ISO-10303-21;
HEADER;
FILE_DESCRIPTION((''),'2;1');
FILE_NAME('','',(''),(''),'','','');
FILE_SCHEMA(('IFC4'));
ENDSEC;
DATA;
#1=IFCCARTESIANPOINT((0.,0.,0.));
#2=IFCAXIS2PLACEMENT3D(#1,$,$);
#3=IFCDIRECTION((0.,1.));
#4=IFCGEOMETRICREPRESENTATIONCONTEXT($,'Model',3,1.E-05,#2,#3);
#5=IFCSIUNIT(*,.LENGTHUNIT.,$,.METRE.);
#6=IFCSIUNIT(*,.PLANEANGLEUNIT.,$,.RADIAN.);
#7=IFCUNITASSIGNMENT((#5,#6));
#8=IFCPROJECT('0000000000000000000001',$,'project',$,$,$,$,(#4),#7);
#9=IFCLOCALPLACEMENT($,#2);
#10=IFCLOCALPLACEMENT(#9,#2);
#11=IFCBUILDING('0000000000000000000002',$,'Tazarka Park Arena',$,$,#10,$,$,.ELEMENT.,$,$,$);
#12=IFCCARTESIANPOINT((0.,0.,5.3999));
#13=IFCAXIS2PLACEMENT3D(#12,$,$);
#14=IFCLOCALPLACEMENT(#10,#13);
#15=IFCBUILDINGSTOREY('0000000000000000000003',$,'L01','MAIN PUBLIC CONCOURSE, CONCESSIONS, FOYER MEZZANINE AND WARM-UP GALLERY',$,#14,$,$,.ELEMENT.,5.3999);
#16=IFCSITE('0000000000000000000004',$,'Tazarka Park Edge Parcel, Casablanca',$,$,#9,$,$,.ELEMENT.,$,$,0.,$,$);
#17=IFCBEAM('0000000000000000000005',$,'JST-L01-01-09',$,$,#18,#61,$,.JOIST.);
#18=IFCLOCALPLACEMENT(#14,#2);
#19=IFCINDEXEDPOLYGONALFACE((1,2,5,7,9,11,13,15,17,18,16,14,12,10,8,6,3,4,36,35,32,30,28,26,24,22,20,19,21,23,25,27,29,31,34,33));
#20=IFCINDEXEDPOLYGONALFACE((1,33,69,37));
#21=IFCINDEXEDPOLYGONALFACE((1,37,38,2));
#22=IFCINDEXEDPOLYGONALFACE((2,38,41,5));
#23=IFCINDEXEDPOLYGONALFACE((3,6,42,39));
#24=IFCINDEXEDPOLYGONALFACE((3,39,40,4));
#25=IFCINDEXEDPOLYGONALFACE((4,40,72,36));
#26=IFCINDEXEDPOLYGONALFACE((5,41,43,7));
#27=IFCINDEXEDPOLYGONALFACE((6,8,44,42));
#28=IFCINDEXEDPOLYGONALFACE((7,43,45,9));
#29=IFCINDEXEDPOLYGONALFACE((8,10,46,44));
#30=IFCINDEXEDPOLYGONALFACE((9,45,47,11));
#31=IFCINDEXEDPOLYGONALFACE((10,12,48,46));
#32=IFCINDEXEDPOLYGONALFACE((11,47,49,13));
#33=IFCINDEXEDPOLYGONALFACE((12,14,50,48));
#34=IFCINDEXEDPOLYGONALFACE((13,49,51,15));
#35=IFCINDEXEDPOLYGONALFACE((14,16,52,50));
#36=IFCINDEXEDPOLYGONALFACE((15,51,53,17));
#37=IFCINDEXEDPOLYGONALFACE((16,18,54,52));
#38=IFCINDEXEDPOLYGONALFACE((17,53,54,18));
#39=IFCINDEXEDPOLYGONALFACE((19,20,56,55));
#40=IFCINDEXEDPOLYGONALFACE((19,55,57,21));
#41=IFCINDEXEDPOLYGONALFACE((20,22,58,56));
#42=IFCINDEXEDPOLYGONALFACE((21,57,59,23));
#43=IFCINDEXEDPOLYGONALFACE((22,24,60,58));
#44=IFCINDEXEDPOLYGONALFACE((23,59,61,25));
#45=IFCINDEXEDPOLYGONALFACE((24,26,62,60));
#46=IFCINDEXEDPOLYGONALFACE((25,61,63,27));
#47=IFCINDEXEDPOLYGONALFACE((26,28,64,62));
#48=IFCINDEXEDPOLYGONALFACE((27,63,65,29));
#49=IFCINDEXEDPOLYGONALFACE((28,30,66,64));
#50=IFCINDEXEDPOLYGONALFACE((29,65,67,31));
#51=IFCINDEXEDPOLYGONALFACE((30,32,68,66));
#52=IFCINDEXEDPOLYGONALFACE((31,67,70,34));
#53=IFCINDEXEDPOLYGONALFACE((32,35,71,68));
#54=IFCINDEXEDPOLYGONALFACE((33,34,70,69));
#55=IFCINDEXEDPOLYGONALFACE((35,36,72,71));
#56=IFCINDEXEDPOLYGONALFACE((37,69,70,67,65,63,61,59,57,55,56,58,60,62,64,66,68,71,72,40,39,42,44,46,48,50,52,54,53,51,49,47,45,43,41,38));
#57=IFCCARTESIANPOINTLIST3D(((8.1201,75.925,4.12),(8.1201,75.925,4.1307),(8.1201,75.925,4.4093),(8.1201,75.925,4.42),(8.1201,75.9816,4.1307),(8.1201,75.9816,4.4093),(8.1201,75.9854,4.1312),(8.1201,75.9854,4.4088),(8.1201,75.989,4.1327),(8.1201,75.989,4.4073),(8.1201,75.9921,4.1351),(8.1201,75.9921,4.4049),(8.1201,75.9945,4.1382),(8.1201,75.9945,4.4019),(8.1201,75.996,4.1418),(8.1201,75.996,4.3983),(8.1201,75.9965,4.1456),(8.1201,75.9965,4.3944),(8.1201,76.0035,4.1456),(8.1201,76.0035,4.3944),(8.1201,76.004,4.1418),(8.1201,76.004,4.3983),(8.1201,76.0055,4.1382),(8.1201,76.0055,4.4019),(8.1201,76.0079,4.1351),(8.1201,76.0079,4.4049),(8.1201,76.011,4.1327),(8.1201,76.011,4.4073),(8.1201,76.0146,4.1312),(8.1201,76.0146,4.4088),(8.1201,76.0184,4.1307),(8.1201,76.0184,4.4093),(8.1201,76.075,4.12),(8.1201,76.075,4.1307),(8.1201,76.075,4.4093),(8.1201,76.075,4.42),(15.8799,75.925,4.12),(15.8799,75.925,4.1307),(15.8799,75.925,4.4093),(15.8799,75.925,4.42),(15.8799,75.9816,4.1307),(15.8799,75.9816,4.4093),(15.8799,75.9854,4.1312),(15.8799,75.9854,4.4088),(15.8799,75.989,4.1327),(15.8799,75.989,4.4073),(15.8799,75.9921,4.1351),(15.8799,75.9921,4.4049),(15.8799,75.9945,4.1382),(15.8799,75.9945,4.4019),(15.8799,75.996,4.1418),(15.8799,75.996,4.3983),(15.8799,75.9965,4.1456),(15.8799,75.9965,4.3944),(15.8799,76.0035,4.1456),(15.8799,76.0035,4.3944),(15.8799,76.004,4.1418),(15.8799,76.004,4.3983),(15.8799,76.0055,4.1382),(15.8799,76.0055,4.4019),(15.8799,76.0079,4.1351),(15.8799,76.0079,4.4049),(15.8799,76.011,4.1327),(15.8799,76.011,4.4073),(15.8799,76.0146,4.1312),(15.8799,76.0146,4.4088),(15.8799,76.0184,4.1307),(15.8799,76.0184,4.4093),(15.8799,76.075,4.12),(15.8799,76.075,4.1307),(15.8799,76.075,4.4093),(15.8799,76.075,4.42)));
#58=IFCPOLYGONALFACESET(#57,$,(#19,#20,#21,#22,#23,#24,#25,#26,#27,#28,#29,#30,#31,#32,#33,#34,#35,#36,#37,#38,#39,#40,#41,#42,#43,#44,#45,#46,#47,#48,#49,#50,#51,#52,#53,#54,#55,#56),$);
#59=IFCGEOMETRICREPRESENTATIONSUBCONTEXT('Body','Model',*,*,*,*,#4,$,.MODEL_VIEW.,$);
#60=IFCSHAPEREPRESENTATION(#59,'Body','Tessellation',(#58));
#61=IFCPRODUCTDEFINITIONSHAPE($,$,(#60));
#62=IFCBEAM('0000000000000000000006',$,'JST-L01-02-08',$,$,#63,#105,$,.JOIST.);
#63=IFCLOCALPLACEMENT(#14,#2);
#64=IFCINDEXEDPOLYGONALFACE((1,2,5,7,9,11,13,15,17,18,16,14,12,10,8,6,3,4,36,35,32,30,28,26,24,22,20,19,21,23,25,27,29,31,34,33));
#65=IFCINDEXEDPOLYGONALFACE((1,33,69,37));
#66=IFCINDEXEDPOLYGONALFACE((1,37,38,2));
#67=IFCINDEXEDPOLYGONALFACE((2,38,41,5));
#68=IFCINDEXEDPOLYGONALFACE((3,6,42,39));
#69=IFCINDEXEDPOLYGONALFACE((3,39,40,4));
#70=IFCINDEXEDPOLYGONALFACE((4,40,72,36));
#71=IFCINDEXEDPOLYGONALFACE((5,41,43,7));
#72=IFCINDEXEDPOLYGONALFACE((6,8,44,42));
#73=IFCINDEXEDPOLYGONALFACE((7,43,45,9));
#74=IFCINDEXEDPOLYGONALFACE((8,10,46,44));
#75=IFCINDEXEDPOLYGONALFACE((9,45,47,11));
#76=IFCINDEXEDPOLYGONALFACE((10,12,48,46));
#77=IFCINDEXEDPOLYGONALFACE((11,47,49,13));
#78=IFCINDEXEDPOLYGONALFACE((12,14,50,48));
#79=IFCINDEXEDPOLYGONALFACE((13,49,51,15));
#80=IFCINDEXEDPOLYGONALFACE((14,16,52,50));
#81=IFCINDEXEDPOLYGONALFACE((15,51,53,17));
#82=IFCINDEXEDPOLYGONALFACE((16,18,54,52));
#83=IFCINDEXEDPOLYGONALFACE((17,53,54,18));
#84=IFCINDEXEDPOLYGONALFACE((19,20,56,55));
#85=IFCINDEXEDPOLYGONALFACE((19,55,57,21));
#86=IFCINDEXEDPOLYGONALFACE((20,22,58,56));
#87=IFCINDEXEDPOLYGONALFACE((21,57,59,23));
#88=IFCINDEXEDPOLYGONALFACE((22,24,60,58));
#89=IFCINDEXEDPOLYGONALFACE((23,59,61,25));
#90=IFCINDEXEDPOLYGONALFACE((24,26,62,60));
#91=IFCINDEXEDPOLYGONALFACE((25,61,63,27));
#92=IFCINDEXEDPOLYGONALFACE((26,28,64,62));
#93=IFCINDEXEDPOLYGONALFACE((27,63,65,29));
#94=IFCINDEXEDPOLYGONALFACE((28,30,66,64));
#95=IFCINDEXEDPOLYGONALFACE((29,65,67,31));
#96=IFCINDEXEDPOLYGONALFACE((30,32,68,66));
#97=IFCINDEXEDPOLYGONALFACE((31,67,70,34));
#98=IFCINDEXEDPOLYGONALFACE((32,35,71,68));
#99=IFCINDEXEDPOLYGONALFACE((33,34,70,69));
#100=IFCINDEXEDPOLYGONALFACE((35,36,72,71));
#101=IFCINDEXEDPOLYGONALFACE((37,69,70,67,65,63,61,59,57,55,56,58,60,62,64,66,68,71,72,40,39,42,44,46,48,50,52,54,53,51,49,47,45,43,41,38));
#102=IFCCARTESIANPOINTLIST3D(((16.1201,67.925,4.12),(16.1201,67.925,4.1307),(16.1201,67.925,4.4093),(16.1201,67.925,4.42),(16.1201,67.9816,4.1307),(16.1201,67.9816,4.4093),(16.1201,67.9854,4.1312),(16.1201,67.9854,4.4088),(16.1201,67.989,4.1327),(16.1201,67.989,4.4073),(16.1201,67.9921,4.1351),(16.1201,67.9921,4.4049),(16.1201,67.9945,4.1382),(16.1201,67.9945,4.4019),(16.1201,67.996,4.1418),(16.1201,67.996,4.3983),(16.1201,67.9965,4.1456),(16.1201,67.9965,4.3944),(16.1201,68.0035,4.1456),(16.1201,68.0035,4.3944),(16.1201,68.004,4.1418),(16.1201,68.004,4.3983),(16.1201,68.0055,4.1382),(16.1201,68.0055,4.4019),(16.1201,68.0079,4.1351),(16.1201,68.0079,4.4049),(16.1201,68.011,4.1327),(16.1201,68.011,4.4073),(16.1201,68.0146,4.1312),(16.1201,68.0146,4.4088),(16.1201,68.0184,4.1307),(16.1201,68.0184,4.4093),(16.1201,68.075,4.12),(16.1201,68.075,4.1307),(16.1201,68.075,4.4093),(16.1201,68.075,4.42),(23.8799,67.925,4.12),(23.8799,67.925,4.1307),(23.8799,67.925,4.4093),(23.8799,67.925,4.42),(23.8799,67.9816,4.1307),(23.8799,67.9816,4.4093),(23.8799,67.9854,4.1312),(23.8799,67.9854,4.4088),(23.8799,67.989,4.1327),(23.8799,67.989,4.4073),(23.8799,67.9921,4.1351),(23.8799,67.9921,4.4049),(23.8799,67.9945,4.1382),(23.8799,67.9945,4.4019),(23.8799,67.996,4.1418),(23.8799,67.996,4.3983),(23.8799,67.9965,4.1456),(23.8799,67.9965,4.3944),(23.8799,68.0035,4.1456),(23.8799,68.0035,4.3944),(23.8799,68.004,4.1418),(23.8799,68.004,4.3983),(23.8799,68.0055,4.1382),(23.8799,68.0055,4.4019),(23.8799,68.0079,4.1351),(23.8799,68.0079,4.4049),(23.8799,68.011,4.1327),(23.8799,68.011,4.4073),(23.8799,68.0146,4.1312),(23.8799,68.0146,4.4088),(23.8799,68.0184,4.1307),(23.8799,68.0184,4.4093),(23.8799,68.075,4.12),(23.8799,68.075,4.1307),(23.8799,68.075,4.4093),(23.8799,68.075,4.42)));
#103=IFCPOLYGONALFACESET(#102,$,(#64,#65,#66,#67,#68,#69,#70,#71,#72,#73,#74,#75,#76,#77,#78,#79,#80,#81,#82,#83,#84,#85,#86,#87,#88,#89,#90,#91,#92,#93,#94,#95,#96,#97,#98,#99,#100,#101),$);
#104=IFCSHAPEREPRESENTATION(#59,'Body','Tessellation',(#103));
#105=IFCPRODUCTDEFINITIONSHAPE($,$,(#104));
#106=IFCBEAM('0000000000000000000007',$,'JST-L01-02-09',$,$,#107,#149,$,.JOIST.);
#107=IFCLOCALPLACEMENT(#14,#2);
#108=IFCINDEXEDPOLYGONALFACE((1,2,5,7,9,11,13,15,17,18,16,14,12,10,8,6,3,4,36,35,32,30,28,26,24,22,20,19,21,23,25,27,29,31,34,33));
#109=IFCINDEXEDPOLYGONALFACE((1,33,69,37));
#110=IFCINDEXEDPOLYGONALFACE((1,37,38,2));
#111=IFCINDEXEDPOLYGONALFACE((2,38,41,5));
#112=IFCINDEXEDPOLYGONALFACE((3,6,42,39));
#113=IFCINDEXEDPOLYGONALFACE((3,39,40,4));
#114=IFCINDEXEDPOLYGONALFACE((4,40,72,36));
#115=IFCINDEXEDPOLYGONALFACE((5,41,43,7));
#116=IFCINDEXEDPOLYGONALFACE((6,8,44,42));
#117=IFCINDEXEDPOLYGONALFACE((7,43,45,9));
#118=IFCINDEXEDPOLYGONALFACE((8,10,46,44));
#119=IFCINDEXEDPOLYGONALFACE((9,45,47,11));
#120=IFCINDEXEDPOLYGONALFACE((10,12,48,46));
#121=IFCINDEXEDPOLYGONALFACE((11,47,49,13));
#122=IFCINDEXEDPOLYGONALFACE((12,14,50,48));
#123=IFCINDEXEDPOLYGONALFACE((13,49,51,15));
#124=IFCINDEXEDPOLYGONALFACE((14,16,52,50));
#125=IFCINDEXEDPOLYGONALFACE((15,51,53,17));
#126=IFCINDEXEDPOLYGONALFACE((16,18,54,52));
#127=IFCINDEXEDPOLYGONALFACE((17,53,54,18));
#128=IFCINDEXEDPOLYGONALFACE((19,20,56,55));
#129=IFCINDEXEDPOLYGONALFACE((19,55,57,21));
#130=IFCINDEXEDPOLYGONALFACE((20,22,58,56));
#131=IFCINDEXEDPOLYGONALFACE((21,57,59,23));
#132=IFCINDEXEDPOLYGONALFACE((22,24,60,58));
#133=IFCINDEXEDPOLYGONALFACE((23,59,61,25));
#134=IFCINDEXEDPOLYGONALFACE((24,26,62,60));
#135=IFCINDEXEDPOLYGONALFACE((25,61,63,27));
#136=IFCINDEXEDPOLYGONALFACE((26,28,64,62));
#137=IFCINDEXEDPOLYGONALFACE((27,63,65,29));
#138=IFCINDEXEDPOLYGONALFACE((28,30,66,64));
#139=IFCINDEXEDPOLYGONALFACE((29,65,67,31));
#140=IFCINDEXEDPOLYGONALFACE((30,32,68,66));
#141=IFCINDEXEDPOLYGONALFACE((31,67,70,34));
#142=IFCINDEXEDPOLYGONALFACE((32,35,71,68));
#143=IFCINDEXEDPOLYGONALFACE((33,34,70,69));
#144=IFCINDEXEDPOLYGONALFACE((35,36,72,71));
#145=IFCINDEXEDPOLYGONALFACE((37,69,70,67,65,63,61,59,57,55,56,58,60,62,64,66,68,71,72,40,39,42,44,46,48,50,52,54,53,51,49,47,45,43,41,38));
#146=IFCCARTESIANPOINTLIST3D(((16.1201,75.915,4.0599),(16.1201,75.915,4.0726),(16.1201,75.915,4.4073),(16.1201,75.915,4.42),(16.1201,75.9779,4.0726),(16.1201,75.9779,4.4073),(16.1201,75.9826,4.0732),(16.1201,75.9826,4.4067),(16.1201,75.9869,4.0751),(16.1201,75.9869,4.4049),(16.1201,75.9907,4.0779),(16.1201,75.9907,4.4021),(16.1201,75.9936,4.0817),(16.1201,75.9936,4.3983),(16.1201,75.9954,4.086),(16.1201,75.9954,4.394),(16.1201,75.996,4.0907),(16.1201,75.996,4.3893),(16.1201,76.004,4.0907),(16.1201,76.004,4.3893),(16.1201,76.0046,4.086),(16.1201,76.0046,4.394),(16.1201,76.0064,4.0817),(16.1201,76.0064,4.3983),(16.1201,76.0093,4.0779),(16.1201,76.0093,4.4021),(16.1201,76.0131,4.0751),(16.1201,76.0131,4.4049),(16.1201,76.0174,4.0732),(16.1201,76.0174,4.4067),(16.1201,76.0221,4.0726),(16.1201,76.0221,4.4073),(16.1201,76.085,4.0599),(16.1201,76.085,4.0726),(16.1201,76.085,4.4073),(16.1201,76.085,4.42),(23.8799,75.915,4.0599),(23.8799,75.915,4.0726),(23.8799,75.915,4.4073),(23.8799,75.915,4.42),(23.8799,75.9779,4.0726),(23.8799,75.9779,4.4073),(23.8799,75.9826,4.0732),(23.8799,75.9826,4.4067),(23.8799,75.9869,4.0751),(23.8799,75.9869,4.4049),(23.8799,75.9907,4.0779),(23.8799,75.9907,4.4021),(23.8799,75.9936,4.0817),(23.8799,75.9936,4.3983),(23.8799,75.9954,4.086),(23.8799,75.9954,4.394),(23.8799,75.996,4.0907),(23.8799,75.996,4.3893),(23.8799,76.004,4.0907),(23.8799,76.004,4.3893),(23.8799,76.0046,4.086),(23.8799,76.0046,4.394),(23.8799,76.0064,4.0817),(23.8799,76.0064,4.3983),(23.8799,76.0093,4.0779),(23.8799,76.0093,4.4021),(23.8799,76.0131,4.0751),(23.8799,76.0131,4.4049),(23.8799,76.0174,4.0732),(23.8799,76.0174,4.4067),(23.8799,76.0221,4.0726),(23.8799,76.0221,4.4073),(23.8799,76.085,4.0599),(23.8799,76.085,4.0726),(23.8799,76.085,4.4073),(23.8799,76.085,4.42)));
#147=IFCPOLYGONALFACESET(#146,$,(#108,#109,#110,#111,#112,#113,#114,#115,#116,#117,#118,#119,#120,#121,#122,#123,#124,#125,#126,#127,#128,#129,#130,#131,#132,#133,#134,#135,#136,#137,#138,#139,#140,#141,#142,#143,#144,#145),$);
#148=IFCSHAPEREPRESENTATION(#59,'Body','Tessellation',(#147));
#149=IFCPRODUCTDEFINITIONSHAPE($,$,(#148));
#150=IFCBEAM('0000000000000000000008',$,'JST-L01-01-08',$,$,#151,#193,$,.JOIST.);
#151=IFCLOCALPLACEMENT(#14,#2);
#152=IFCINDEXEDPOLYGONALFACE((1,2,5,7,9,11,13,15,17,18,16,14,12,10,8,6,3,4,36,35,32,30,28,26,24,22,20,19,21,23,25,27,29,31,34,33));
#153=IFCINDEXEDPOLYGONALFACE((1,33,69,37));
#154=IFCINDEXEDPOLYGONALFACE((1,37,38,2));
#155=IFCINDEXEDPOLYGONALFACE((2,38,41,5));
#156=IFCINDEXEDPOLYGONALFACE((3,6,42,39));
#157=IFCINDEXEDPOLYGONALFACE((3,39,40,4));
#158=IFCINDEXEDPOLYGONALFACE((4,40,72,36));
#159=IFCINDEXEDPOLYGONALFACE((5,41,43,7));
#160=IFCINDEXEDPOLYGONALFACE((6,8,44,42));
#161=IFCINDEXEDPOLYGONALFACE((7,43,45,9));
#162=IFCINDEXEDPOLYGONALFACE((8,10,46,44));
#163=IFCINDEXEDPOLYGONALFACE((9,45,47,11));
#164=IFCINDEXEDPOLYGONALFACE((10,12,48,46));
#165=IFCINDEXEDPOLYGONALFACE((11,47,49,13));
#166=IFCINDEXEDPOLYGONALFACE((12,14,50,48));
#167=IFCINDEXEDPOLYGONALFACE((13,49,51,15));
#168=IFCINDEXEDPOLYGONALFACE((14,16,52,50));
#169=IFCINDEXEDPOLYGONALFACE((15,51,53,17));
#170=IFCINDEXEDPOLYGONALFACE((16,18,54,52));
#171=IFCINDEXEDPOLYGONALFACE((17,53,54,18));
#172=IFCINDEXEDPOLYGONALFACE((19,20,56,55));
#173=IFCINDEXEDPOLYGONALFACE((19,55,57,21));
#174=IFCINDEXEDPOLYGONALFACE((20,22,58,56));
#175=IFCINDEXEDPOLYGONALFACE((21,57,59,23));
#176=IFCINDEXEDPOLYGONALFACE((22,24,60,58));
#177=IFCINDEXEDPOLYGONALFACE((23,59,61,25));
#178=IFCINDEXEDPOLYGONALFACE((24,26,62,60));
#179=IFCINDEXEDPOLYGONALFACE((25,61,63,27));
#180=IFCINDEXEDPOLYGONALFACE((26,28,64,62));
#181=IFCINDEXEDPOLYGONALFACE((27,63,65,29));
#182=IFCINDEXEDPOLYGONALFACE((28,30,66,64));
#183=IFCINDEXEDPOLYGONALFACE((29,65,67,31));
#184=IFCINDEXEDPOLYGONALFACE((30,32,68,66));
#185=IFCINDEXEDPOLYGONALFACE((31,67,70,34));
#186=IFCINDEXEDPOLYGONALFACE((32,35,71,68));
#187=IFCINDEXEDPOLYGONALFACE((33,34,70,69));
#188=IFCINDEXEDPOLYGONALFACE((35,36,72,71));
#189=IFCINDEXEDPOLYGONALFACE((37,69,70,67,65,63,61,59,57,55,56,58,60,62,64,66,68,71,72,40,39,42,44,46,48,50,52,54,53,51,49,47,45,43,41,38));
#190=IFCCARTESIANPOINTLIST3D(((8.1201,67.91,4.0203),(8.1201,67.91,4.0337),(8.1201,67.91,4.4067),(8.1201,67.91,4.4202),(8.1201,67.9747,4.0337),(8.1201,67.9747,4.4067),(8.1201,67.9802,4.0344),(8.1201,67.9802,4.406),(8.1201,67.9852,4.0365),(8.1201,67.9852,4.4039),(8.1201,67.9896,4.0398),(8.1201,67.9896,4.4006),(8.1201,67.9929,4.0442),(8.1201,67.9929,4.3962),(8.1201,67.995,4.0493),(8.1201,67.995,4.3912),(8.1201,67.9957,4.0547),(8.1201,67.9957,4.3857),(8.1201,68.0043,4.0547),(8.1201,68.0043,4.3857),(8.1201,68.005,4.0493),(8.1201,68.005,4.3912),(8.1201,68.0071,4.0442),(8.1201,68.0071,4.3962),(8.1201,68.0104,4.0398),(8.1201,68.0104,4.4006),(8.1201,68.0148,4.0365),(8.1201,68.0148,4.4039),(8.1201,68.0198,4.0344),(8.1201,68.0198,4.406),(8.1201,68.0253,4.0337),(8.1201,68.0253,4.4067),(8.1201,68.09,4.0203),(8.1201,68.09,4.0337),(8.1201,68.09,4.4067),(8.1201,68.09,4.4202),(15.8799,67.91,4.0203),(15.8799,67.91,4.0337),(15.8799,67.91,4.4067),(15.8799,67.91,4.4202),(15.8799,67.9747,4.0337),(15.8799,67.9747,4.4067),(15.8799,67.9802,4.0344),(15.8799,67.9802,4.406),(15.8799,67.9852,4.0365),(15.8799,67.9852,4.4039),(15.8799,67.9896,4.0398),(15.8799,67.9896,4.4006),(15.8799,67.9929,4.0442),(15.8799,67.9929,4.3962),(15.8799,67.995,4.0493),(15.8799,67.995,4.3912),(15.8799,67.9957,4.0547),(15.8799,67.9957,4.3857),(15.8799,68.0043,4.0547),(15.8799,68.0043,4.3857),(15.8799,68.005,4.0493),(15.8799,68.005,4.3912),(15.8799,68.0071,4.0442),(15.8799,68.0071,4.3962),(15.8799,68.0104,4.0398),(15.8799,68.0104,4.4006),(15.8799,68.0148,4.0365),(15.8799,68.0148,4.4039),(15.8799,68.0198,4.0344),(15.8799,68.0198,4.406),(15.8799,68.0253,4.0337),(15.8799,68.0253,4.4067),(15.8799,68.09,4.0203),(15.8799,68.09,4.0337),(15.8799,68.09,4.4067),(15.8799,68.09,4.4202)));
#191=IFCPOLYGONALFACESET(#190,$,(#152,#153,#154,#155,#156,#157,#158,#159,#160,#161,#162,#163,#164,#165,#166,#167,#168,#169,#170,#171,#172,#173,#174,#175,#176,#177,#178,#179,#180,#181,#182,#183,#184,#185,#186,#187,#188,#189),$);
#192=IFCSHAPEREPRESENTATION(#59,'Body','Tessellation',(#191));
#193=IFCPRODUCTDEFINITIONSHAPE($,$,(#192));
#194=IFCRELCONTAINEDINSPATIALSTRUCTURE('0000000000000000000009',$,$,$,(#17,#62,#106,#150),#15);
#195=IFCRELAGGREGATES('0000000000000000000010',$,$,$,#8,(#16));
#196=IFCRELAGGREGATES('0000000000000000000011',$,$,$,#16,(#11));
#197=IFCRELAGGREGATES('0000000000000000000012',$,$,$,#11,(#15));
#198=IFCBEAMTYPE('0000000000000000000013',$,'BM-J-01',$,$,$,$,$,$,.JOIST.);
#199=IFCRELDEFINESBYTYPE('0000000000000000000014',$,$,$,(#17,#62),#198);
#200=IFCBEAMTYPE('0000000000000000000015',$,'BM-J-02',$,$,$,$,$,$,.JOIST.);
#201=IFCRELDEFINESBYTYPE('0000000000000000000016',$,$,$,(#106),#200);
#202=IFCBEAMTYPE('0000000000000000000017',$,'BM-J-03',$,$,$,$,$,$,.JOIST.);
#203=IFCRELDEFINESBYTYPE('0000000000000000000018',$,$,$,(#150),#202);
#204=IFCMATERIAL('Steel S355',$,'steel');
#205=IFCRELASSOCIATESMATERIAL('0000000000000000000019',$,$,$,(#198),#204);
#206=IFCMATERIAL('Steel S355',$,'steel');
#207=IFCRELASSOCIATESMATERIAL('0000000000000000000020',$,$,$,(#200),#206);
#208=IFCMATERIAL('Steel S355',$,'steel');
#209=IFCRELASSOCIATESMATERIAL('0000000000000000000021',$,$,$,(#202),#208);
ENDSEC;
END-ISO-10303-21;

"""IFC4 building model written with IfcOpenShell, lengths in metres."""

from ifc_helpers import new_model, si_unit, direction, frame, origin, origin_2d, place, context, subcontext, project, spatial, i_section, extrude, material, material_profile, profile_set, type_object, element, save


model = new_model("IFC4")

# Units and contexts
model_context = context("Model", 3, precision=1e-05, world=origin(), true_north=direction((0.0, 1.0)))
body_context = subcontext(model_context, "Body", "Model", "MODEL_VIEW")
ifc_project = project(units=[si_unit("LENGTHUNIT", "METRE"), si_unit("PLANEANGLEUNIT", "RADIAN")], contexts=[model_context])

# Site, building, storey
site_placement = place(None, origin())
site = spatial("IfcSite", under=ifc_project, at=site_placement, Name="Tazarka Park Edge Parcel, Casablanca", CompositionType="ELEMENT", RefElevation=0.0)
building_placement = place(site_placement, origin())
building = spatial("IfcBuilding", under=site, at=building_placement, Name="Tazarka Park Arena", CompositionType="ELEMENT")
storey_placement = place(building_placement, frame((0.0, 0.0, 5.3999)))
storey = spatial("IfcBuildingStorey", under=building, at=storey_placement, Name="L01", Description="MAIN PUBLIC CONCOURSE, CONCESSIONS, FOYER MEZZANINE AND WARM-UP GALLERY", CompositionType="ELEMENT", Elevation=5.3999)

# Beams
ifc_material_1 = material(Name="Steel S355", Category="steel")
ifc_material_profile_1 = material_profile(ifc_material_1, i_section(OverallWidth=0.1499, OverallDepth=0.3, WebThickness=0.0071, FlangeThickness=0.0107, FilletRadius=0.0149, at=origin_2d()), Name="Steel S355")
ifc_profile_set_1 = profile_set([ifc_material_profile_1], Name="Steel S355")
beam_type_1 = type_object("IfcBeamType", Name="BM-J-01", PredefinedType="JOIST", material=ifc_profile_set_1)
for number, where, z_axis, x_axis, name in (
    (1, (8.1201, 76.0, 4.27), (1.0, 0.0, 0.0), (0.0, 1.0, 0.0), "JST-L01-01-09"),
    (2, (16.1201, 68.0, 4.27), (1.0, 0.0, 0.0), (0.0, 1.0, 0.0), "JST-L01-02-08"),
):
    element("IfcBeam", number, at=place(storey_placement, frame(where, z_axis=z_axis, x_axis=x_axis)), inside=storey, type_object=beam_type_1, Name=name, PredefinedType="JOIST", context=body_context, shape_type="SweptSolid", body=[
        extrude(i_section(OverallWidth=0.1499, OverallDepth=0.3, WebThickness=0.0071, FlangeThickness=0.0107, FilletRadius=0.0149, at=origin_2d()), origin(), (0.0, 0.0, 1.0), 7.7598),
    ])
ifc_material_2 = material(Name="Steel S355", Category="steel")
ifc_material_profile_2 = material_profile(ifc_material_2, i_section(OverallWidth=0.1699, OverallDepth=0.3601, WebThickness=0.0081, FlangeThickness=0.0127, FilletRadius=0.0181, at=origin_2d()), Name="Steel S355")
ifc_profile_set_2 = profile_set([ifc_material_profile_2], Name="Steel S355")
beam_type_2 = type_object("IfcBeamType", Name="BM-J-02", PredefinedType="JOIST", material=ifc_profile_set_2)
beam_1_placement = place(storey_placement, frame((16.1201, 76.0, 4.24), z_axis=(1.0, 0.0, 0.0), x_axis=(0.0, 1.0, 0.0)))
element("IfcBeam", 3, at=beam_1_placement, inside=storey, type_object=beam_type_2, Name="JST-L01-02-09", PredefinedType="JOIST", context=body_context, shape_type="SweptSolid", body=[
    extrude(i_section(OverallWidth=0.1699, OverallDepth=0.3601, WebThickness=0.0081, FlangeThickness=0.0127, FilletRadius=0.0181, at=origin_2d()), origin(), (0.0, 0.0, 1.0), 7.7598),
])
ifc_material_3 = material(Name="Steel S355", Category="steel")
ifc_material_profile_3 = material_profile(ifc_material_3, i_section(OverallWidth=0.1799, OverallDepth=0.3999, WebThickness=0.0085, FlangeThickness=0.0134, FilletRadius=0.021, at=origin_2d()), Name="Steel S355")
ifc_profile_set_3 = profile_set([ifc_material_profile_3], Name="Steel S355")
beam_type_3 = type_object("IfcBeamType", Name="BM-J-03", PredefinedType="JOIST", material=ifc_profile_set_3)
beam_2_placement = place(storey_placement, frame((8.1201, 68.0, 4.2202), z_axis=(1.0, 0.0, 0.0), x_axis=(0.0, 1.0, 0.0)))
element("IfcBeam", 4, at=beam_2_placement, inside=storey, type_object=beam_type_3, Name="JST-L01-01-08", PredefinedType="JOIST", context=body_context, shape_type="SweptSolid", body=[
    extrude(i_section(OverallWidth=0.1799, OverallDepth=0.3999, WebThickness=0.0085, FlangeThickness=0.0134, FilletRadius=0.021, at=origin_2d()), origin(), (0.0, 0.0, 1.0), 7.7598),
])

save(model, "model.ifc")
